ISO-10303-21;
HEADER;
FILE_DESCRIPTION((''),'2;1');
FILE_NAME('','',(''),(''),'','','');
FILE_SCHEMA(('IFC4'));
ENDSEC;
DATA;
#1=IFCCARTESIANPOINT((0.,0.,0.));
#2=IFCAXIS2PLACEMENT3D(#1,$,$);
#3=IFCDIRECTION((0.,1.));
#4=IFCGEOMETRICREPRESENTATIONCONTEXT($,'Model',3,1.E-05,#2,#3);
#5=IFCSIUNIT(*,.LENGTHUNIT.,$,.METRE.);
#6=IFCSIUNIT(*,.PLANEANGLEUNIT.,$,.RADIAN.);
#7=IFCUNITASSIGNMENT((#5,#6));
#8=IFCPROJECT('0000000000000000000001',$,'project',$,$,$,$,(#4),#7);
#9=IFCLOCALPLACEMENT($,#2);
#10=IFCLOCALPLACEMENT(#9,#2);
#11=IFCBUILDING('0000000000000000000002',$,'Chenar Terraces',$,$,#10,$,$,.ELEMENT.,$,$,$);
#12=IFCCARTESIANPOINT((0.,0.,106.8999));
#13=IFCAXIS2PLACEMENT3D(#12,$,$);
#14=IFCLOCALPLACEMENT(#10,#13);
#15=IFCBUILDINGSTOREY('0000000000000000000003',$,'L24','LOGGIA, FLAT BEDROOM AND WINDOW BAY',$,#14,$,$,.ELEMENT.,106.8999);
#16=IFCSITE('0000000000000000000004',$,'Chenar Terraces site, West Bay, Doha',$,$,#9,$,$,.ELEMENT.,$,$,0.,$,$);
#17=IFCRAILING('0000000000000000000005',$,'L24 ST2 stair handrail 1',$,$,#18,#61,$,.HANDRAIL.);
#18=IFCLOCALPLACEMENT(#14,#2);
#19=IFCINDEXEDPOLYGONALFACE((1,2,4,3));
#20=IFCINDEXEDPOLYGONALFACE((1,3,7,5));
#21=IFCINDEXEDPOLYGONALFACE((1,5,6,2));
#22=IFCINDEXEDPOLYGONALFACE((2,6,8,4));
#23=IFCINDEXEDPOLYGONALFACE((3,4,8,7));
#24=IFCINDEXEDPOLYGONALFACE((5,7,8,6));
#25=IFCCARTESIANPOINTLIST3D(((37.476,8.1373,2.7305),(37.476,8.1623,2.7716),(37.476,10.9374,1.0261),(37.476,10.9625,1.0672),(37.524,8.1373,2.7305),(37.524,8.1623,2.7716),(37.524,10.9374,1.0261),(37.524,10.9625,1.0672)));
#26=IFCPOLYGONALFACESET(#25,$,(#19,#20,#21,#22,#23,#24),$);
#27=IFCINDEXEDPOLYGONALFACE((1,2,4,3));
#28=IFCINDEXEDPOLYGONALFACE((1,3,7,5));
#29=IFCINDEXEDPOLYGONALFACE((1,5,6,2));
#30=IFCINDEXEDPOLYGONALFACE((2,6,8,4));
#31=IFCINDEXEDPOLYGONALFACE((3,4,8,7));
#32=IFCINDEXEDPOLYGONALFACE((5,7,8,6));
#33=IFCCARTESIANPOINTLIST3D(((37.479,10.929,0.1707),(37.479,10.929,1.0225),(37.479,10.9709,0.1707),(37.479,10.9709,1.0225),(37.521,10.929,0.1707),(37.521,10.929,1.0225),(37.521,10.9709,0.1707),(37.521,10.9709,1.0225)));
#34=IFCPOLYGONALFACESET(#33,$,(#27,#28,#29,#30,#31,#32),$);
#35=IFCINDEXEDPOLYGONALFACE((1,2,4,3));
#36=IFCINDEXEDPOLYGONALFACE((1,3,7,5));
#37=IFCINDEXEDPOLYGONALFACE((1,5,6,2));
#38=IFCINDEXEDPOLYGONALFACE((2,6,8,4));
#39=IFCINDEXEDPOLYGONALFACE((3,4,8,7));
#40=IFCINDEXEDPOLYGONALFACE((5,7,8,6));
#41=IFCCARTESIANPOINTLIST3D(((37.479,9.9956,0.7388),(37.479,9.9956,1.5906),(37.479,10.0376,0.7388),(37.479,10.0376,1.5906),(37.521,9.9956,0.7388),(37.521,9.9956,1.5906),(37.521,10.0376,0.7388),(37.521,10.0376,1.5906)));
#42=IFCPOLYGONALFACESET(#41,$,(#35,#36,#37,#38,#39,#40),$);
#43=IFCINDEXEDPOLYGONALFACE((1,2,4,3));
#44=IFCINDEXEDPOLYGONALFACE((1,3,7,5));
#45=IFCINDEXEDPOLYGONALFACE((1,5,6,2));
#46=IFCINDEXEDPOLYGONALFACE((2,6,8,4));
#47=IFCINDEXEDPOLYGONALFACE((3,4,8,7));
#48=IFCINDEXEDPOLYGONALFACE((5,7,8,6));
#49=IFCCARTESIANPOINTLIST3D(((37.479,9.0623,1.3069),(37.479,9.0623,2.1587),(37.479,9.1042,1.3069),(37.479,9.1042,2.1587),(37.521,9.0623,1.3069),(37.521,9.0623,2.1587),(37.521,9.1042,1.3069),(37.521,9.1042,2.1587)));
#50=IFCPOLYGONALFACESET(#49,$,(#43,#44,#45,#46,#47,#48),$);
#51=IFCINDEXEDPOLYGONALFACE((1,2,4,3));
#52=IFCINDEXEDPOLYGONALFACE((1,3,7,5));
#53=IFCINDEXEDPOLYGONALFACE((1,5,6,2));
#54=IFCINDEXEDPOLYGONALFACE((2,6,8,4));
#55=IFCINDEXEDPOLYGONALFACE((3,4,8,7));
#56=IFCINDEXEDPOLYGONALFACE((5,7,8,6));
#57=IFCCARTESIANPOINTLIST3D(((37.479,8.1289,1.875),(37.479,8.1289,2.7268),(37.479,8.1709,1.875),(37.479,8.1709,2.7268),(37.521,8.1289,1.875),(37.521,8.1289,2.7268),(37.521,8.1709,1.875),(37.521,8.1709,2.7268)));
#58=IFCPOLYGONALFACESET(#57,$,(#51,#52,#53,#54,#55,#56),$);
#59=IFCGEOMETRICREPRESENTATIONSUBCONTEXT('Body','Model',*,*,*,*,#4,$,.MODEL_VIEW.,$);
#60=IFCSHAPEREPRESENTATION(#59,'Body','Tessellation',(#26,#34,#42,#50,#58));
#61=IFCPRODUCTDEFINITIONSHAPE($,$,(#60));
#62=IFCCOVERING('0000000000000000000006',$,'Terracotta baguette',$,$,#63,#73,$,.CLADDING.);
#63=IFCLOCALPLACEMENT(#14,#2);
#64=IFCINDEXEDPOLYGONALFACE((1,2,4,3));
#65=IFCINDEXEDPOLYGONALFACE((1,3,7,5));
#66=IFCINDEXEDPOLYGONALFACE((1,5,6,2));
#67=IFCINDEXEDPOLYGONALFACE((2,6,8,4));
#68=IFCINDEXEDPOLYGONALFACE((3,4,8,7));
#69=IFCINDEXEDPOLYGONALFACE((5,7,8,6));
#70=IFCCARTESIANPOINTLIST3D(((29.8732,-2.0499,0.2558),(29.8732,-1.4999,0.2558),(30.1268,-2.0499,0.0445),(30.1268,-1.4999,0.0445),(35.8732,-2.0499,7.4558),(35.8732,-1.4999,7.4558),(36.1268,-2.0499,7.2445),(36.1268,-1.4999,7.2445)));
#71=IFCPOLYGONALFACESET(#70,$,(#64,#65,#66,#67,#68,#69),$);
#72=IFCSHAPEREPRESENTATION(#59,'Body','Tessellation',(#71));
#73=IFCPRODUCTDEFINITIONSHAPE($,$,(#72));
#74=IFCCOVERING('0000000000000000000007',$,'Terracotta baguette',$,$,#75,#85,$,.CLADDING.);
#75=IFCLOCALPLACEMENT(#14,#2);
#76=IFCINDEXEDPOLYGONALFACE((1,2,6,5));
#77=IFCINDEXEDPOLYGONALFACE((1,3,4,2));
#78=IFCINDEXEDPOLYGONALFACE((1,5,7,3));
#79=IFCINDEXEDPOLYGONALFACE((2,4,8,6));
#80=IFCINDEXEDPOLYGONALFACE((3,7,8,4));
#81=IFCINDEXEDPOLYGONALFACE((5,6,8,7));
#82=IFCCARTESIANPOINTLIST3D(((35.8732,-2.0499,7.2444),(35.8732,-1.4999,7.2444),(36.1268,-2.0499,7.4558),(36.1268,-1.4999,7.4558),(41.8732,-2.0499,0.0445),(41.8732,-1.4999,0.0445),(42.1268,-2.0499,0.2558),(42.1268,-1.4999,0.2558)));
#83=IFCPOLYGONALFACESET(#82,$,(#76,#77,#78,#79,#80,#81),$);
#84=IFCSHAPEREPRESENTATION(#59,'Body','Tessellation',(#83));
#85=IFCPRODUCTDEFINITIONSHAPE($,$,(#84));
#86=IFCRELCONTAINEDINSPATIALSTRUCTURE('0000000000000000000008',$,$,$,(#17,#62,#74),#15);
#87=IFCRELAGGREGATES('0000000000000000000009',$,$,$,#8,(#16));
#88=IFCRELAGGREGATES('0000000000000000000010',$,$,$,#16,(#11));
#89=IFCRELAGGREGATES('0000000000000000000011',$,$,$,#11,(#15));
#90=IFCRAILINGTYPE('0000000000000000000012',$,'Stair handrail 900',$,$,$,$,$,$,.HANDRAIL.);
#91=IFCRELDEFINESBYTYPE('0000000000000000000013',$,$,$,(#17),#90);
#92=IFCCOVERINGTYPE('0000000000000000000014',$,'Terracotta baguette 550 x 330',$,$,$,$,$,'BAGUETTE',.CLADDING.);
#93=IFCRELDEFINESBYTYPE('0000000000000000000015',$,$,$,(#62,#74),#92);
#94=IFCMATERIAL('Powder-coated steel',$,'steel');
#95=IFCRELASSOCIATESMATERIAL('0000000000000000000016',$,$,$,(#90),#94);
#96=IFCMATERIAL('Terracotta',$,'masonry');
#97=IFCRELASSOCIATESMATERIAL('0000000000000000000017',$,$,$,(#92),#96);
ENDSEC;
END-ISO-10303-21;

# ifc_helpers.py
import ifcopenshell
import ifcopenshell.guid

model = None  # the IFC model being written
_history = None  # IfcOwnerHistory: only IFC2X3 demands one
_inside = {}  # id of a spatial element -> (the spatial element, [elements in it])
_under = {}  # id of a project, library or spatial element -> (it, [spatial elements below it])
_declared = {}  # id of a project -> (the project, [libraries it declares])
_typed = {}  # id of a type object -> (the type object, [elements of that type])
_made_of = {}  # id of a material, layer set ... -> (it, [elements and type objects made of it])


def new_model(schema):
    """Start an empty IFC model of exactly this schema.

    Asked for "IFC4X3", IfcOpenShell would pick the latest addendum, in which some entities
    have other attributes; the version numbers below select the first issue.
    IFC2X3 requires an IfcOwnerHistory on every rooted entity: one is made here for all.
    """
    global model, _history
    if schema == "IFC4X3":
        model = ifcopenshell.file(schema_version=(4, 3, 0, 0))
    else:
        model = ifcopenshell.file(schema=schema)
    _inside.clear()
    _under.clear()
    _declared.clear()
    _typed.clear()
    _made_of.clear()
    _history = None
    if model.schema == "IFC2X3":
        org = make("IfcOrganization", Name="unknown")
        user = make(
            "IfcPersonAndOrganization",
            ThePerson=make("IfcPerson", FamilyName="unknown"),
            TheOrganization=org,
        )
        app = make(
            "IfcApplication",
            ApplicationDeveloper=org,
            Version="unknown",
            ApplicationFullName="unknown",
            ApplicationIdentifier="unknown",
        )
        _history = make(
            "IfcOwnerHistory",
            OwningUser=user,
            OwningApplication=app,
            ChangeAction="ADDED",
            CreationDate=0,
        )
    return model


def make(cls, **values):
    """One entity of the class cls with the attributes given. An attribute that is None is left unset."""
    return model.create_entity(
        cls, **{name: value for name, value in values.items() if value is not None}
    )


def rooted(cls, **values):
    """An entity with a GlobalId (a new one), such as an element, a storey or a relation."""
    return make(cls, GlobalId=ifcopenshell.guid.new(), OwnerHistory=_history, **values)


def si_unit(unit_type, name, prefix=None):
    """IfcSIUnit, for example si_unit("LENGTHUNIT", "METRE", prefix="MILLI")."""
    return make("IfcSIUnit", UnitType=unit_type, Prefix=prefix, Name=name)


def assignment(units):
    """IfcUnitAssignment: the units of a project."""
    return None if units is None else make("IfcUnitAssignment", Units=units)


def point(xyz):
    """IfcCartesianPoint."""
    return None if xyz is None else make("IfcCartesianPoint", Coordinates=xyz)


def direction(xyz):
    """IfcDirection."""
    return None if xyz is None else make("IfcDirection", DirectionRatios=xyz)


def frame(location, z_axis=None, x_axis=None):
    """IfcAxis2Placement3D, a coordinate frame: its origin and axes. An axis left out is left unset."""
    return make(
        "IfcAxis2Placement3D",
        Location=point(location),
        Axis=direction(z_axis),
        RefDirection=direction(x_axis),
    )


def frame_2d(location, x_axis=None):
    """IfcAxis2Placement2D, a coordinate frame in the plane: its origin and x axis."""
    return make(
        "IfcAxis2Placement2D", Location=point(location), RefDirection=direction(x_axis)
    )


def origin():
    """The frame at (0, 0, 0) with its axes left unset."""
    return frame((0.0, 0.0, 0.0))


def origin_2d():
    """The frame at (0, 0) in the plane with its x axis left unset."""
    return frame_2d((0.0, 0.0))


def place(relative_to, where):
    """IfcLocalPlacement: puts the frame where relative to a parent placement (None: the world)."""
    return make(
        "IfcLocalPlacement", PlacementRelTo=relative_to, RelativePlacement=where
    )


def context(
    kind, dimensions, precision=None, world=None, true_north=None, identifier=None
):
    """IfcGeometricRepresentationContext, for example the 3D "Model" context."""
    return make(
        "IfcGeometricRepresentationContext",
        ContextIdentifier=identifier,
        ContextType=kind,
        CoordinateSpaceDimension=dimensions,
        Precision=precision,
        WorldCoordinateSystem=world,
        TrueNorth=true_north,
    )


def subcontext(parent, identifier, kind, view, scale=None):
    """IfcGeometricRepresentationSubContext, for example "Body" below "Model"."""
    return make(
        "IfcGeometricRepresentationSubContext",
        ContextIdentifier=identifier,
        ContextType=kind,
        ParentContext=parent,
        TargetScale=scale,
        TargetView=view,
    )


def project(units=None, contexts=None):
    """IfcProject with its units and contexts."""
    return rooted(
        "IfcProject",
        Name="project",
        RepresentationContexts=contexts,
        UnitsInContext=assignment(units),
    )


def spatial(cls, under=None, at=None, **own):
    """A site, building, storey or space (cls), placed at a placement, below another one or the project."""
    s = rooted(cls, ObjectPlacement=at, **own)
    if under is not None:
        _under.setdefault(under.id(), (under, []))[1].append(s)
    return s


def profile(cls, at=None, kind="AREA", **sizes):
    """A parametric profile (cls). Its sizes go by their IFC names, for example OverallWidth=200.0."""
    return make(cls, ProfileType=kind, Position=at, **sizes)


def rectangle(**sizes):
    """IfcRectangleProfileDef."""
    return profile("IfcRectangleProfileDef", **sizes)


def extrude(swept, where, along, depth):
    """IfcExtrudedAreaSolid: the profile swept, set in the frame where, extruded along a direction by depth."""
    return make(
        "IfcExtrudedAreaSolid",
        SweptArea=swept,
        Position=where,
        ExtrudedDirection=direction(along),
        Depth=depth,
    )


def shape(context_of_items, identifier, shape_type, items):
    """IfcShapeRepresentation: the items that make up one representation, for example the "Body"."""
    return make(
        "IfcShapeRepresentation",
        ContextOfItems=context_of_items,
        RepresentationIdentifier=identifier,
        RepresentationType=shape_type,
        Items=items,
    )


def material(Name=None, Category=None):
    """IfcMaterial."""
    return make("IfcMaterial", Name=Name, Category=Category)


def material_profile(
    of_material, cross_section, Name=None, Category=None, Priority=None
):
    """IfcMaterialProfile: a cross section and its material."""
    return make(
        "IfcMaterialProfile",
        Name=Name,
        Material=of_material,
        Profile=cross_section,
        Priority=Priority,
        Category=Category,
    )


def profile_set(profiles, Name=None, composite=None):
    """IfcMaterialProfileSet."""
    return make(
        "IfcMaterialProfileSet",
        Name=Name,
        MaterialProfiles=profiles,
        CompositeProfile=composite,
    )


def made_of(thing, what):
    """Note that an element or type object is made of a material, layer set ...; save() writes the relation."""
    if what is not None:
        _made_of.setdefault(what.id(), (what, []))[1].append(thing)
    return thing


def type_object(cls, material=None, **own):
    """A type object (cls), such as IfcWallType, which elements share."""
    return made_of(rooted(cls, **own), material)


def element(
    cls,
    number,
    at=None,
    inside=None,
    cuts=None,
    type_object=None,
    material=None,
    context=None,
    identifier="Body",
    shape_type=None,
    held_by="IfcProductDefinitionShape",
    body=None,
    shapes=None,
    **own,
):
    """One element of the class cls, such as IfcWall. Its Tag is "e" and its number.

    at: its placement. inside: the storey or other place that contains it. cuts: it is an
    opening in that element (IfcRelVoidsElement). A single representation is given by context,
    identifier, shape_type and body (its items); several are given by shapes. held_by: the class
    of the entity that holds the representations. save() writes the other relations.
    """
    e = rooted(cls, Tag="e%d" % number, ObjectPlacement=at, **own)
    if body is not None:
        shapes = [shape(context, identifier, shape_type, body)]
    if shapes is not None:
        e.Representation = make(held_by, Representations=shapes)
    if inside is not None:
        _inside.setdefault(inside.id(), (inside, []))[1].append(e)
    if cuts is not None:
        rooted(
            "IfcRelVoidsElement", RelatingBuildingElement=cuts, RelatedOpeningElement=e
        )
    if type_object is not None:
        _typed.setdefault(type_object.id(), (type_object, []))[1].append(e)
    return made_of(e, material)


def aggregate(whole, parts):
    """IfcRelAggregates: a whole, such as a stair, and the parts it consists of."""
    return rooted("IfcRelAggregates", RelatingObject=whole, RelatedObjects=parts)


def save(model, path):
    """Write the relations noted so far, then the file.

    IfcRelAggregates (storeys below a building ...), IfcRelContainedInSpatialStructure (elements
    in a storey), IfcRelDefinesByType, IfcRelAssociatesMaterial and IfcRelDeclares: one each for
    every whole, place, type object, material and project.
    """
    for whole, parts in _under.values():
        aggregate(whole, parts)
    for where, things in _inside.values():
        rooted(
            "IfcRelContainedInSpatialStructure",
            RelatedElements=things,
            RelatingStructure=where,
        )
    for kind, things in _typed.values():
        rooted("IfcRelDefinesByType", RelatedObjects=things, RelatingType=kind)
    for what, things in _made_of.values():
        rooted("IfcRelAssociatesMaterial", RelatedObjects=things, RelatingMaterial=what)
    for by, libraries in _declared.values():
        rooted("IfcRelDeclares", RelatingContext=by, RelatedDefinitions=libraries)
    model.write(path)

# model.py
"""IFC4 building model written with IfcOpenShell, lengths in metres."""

from ifc_helpers import new_model, si_unit, direction, frame, origin, origin_2d, place, context, subcontext, project, spatial, rectangle, extrude, material, material_profile, profile_set, type_object, element, save


model = new_model("IFC4")

# Units and contexts
model_context = context("Model", 3, precision=1e-05, world=origin(), true_north=direction((0.0, 1.0)))
body_context = subcontext(model_context, "Body", "Model", "MODEL_VIEW")
ifc_project = project(units=[si_unit("LENGTHUNIT", "METRE"), si_unit("PLANEANGLEUNIT", "RADIAN")], contexts=[model_context])

# Site, building, storey
site_placement = place(None, origin())
site = spatial("IfcSite", under=ifc_project, at=site_placement, Name="Chenar Terraces site, West Bay, Doha", CompositionType="ELEMENT", RefElevation=0.0)
building_placement = place(site_placement, origin())
building = spatial("IfcBuilding", under=site, at=building_placement, Name="Chenar Terraces", CompositionType="ELEMENT")
storey_placement = place(building_placement, frame((0.0, 0.0, 106.8999)))
storey = spatial("IfcBuildingStorey", under=building, at=storey_placement, Name="L24", Description="LOGGIA, FLAT BEDROOM AND WINDOW BAY", CompositionType="ELEMENT", Elevation=106.8999)

# Railing
ifc_material_1 = material(Name="Powder-coated steel", Category="steel")
railing_type_1 = type_object("IfcRailingType", Name="Stair handrail 900", PredefinedType="HANDRAIL", material=ifc_material_1)
railing_1_placement = place(storey_placement, frame((37.5, 10.95, 0.1707)))
element("IfcRailing", 1, at=railing_1_placement, inside=storey, type_object=railing_type_1, Name="L24 ST2 stair handrail 1", PredefinedType="HANDRAIL", context=body_context, shape_type="SweptSolid", body=[
    extrude(rectangle(XDim=0.0481, YDim=0.0481, at=origin_2d()), frame((0.0, 0.0, 0.876), z_axis=(0.0, -0.854203, 0.51994), x_axis=(1.0, 0.0, 0.0)), (0.0, 0.0, 1.0), 3.2781),
    extrude(rectangle(XDim=0.042, YDim=0.042, at=origin_2d()), origin(), (0.0, 0.0, 1.0), 0.8518),
    extrude(rectangle(XDim=0.042, YDim=0.042, at=origin_2d()), frame((0.0, -0.9333, 0.5681)), (0.0, 0.0, 1.0), 0.8518),
    extrude(rectangle(XDim=0.042, YDim=0.042, at=origin_2d()), frame((0.0, -1.8667, 1.1362)), (0.0, 0.0, 1.0), 0.8518),
    extrude(rectangle(XDim=0.042, YDim=0.042, at=origin_2d()), frame((0.0, -2.8, 1.7043)), (0.0, 0.0, 1.0), 0.8518),
])

# Coverings
ifc_material_2 = material(Name="Terracotta", Category="masonry")
ifc_material_profile_1 = material_profile(ifc_material_2, rectangle(XDim=0.55, YDim=0.3301, at=origin_2d()), Name="Terracotta baguette 550 x 330")
ifc_profile_set_1 = profile_set([ifc_material_profile_1], Name="Terracotta")
covering_type = type_object("IfcCoveringType", Name="Terracotta baguette 550 x 330", ElementType="BAGUETTE", PredefinedType="CLADDING", material=ifc_profile_set_1)
for number, where, z_axis, x_axis, name in (
    (2, (30.0, -1.7749, 0.1501), (0.640187, 0.0, 0.768219), (0.0, 1.0, 0.0), "Terracotta baguette"),
    (3, (36.0, -1.7749, 7.3501), (0.640187, 0.0, -0.768219), (0.0, 1.0, 0.0), "Terracotta baguette"),
):
    element("IfcCovering", number, at=place(storey_placement, frame(where, z_axis=z_axis, x_axis=x_axis)), inside=storey, type_object=covering_type, Name=name, PredefinedType="CLADDING", context=body_context, shape_type="SweptSolid", body=[
        extrude(rectangle(XDim=0.55, YDim=0.3301, at=origin_2d()), origin(), (0.0, 0.0, 1.0), 9.3723),
    ])

save(model, "model.ifc")
